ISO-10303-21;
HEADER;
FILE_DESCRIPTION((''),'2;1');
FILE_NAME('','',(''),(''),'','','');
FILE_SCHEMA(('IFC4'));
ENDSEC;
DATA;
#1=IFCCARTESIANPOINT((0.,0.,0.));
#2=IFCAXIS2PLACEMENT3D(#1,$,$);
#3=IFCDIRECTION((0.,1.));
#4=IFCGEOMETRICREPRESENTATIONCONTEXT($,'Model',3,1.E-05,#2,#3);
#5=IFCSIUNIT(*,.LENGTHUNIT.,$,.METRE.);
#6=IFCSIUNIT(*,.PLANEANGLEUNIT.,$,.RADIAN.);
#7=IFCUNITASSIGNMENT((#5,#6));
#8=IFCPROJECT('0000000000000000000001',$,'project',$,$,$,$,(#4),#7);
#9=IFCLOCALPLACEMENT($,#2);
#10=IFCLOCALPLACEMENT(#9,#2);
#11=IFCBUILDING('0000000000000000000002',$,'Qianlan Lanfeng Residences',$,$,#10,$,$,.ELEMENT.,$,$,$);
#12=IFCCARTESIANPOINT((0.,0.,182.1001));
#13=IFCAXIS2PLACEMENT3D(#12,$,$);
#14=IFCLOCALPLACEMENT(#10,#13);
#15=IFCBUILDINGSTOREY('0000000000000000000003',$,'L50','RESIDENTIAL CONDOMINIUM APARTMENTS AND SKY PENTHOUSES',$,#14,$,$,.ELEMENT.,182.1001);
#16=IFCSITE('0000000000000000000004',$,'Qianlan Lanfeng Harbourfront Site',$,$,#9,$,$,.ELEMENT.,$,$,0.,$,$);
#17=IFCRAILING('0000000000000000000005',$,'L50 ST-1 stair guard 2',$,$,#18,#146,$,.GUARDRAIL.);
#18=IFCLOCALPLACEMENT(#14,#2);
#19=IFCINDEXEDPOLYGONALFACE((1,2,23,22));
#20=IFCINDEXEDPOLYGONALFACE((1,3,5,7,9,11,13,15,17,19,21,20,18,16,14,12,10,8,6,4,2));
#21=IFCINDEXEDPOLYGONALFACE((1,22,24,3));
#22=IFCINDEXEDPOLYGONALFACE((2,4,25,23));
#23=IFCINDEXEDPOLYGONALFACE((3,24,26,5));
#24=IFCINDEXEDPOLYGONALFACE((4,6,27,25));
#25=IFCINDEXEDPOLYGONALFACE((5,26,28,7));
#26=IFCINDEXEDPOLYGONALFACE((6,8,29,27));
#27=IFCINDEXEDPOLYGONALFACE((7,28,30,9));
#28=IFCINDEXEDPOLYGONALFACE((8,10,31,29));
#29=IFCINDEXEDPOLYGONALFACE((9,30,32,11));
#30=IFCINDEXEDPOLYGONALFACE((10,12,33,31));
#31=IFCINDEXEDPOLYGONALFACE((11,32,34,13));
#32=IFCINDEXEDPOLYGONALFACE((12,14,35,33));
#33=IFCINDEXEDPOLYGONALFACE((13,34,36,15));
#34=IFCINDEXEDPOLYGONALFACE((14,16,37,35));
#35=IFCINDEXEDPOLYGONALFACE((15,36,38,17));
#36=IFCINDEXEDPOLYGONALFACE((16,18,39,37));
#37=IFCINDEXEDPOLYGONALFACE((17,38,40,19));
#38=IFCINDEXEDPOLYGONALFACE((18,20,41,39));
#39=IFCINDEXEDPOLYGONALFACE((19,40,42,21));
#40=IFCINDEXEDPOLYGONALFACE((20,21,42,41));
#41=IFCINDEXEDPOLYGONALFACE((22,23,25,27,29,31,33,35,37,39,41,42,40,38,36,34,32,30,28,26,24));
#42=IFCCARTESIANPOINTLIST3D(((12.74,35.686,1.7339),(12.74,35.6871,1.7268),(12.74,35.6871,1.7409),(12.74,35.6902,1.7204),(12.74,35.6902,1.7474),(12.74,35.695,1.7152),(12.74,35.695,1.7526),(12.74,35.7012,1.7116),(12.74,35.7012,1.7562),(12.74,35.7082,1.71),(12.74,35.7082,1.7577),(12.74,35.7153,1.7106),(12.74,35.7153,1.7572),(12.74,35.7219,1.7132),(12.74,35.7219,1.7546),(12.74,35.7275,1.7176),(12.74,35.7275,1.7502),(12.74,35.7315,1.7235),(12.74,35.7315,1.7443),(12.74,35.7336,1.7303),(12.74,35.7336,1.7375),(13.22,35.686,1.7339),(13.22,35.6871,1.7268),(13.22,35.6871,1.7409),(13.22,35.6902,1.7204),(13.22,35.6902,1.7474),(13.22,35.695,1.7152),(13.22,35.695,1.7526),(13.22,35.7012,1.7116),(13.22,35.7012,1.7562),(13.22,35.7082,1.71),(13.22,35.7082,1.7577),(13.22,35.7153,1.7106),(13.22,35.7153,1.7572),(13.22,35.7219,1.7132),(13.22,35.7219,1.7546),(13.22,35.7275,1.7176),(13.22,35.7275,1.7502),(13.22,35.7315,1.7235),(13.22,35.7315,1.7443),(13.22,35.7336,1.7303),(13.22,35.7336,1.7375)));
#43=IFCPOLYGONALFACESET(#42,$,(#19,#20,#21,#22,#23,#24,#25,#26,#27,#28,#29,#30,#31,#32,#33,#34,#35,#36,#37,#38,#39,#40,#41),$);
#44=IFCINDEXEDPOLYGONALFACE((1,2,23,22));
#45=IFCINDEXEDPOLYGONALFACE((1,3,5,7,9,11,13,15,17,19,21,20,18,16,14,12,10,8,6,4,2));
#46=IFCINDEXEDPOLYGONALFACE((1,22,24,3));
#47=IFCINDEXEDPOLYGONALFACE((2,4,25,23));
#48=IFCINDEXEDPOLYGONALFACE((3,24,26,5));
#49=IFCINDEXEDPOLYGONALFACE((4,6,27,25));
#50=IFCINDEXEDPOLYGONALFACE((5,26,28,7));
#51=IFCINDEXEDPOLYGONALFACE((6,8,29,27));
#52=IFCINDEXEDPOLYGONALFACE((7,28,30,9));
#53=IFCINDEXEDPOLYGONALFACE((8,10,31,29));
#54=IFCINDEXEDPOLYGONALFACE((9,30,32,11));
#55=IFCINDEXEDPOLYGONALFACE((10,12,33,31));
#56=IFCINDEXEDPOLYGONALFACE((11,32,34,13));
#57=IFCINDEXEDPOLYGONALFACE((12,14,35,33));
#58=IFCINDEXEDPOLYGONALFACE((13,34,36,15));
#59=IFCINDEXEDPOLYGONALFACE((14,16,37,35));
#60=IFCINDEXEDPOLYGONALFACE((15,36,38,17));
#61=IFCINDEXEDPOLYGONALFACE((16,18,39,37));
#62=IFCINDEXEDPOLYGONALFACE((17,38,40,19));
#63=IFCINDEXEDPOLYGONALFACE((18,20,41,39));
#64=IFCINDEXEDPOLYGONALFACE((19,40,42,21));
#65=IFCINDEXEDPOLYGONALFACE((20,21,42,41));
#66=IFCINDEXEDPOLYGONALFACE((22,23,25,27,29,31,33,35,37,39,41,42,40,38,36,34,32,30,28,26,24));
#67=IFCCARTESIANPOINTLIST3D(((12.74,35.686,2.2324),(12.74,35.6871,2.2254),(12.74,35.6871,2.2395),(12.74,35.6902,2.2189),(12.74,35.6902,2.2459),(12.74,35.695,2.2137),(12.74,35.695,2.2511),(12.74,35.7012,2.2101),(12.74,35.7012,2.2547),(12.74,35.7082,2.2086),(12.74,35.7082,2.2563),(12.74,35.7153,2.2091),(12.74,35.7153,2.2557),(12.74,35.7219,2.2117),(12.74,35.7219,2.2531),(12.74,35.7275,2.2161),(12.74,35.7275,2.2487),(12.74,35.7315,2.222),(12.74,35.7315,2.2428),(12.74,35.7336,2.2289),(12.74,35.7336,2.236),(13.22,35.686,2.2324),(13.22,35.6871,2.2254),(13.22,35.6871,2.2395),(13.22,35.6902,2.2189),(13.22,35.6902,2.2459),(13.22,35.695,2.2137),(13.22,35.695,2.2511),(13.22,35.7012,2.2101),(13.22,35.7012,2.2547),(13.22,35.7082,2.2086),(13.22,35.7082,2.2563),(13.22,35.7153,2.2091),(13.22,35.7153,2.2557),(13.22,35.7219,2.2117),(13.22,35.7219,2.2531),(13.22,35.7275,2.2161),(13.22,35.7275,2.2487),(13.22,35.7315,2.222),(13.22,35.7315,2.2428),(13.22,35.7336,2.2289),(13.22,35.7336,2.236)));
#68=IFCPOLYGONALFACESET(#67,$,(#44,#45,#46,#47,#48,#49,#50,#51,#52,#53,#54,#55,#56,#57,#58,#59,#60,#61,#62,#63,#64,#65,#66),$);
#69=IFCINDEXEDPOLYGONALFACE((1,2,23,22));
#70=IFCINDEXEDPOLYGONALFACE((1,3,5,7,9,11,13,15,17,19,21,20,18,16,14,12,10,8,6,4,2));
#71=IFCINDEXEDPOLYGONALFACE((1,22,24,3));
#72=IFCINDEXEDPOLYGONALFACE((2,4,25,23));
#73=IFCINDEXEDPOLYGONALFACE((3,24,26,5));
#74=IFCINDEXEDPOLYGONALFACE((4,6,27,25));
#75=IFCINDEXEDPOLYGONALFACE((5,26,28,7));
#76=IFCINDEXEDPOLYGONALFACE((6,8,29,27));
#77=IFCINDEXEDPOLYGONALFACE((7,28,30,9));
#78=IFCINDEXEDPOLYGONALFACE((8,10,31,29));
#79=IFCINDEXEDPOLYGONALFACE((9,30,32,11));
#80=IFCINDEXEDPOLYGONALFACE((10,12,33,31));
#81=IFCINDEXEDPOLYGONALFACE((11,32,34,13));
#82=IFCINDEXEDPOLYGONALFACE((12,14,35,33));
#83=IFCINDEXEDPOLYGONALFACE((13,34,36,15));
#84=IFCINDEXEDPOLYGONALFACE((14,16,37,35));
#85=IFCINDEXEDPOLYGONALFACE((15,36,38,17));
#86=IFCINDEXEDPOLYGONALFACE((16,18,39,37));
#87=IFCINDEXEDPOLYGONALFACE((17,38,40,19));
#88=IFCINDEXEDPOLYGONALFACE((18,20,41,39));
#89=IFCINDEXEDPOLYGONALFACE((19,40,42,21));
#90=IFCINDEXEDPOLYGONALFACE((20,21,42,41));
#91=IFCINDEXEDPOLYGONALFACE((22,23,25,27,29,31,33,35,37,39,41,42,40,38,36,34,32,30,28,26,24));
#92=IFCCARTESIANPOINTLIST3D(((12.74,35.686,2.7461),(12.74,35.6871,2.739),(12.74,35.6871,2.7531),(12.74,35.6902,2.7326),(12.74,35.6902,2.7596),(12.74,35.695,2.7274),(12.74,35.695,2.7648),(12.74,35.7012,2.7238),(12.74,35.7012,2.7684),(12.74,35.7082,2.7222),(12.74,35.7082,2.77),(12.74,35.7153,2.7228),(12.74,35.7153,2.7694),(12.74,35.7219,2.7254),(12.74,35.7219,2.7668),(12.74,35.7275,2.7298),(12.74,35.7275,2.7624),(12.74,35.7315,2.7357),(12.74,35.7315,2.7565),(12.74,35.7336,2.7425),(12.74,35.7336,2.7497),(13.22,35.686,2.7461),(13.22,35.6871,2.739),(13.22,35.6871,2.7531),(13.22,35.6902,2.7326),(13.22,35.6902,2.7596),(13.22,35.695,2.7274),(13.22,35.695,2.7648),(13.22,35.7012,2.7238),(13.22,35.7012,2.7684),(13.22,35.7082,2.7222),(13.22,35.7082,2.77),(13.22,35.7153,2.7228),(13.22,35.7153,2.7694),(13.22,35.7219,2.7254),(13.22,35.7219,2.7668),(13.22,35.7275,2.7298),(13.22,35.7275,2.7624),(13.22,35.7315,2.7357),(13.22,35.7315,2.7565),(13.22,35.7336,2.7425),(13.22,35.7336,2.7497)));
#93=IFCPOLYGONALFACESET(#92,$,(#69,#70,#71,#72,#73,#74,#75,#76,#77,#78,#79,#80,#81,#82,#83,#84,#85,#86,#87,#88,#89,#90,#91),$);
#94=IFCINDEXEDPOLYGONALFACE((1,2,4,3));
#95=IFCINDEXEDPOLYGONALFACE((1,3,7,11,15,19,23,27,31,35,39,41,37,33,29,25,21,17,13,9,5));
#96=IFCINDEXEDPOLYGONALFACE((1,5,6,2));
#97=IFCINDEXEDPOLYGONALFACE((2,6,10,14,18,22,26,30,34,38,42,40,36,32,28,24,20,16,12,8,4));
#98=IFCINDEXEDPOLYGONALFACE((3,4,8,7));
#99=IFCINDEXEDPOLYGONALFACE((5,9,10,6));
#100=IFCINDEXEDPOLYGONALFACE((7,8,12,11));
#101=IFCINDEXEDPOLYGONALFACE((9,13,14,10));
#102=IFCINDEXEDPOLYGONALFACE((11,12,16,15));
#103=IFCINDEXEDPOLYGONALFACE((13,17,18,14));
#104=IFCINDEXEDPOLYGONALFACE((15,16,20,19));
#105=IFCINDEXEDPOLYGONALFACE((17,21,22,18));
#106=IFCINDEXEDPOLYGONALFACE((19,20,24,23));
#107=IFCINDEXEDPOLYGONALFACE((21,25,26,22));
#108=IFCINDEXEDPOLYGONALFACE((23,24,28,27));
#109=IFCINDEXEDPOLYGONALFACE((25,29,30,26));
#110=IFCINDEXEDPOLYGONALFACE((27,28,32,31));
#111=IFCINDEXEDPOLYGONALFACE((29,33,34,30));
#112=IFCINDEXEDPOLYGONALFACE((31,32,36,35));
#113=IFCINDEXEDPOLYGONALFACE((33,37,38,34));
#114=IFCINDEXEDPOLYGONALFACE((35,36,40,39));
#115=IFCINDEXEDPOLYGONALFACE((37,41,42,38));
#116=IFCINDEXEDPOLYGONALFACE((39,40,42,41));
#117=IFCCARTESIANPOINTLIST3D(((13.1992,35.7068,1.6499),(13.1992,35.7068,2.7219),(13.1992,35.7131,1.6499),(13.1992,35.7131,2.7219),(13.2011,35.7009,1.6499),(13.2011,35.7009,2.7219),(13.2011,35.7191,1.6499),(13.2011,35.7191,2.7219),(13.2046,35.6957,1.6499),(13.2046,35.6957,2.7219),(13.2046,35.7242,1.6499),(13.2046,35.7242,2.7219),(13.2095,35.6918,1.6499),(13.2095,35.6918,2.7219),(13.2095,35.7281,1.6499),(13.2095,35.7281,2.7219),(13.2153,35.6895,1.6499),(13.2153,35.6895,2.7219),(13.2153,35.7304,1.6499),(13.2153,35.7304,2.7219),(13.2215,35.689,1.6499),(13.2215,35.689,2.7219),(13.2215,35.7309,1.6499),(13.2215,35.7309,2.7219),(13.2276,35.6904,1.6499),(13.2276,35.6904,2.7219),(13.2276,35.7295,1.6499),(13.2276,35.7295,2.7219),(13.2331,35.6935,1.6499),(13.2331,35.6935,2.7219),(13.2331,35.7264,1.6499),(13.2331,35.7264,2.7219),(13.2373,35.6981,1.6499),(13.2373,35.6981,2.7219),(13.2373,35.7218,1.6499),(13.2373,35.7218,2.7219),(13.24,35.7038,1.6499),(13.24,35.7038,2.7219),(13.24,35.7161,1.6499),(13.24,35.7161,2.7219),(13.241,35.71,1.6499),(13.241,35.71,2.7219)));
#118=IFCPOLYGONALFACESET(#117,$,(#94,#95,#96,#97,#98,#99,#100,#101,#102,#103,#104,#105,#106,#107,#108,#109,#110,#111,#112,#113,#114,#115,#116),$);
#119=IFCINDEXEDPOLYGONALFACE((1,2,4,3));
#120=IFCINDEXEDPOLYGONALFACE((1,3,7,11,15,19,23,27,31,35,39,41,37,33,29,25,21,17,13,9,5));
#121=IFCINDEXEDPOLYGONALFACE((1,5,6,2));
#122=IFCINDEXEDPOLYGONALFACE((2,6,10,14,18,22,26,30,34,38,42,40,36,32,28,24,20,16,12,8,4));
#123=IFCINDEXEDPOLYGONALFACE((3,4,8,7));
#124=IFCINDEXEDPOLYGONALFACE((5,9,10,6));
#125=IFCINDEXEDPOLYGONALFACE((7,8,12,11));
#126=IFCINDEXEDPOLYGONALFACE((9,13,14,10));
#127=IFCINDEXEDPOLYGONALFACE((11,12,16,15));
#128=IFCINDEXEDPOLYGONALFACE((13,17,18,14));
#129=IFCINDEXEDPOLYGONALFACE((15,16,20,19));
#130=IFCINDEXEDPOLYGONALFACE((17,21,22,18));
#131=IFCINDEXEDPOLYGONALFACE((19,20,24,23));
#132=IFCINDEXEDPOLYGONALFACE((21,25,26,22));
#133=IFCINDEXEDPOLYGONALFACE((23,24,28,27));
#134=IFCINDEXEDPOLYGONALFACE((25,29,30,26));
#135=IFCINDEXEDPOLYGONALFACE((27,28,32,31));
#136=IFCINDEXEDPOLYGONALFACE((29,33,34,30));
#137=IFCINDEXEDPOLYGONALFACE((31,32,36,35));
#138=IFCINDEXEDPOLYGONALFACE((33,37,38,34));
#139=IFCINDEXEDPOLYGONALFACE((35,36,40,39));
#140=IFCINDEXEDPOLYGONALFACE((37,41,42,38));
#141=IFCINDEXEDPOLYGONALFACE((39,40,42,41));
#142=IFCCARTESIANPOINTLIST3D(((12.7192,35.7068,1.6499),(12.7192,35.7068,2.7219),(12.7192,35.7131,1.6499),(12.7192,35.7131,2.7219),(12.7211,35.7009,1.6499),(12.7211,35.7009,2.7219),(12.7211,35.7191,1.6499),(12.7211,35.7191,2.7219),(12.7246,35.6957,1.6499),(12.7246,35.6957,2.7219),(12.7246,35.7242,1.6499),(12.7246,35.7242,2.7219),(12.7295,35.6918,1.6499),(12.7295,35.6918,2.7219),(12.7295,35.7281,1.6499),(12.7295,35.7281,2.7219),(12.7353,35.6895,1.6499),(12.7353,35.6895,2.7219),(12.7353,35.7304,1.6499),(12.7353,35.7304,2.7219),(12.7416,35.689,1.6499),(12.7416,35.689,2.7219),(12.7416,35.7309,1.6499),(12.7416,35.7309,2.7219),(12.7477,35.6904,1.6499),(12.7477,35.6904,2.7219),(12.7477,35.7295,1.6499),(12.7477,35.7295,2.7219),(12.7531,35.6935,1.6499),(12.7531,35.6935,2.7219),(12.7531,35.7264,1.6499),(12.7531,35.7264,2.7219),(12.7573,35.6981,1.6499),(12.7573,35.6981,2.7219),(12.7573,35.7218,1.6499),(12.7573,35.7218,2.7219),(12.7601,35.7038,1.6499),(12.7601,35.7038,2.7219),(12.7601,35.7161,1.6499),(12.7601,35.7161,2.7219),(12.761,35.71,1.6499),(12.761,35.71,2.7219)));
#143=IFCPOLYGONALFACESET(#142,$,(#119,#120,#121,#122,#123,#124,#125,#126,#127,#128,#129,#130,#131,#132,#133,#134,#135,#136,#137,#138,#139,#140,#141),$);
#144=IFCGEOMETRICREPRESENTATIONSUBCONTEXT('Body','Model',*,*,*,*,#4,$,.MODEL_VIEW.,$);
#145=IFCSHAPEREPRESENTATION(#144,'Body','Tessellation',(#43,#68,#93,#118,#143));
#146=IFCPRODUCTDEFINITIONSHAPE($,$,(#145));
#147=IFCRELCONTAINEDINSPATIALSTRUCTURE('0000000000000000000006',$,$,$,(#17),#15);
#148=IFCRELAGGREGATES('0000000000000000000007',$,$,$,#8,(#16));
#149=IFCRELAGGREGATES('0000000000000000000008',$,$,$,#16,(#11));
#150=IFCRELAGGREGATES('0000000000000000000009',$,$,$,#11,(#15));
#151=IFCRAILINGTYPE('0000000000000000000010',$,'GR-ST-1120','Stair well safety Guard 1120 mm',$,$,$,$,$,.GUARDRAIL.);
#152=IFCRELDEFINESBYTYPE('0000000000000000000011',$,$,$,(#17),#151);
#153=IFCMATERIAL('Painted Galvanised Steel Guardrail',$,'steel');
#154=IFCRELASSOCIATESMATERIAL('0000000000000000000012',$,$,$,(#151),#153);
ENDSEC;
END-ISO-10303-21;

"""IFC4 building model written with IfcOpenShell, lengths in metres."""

from ifc_helpers import new_model, si_unit, direction, frame, origin, origin_2d, place, context, subcontext, project, spatial, circle, extrude, material, type_object, element, save


model = new_model("IFC4")

# Units and contexts
model_context = context("Model", 3, precision=1e-05, world=origin(), true_north=direction((0.0, 1.0)))
body_context = subcontext(model_context, "Body", "Model", "MODEL_VIEW")
ifc_project = project(units=[si_unit("LENGTHUNIT", "METRE"), si_unit("PLANEANGLEUNIT", "RADIAN")], contexts=[model_context])

# Site, building, storey
site_placement = place(None, origin())
site = spatial("IfcSite", under=ifc_project, at=site_placement, Name="Qianlan Lanfeng Harbourfront Site", CompositionType="ELEMENT", RefElevation=0.0)
building_placement = place(site_placement, origin())
building = spatial("IfcBuilding", under=site, at=building_placement, Name="Qianlan Lanfeng Residences", CompositionType="ELEMENT")
storey_placement = place(building_placement, frame((0.0, 0.0, 182.1001)))
storey = spatial("IfcBuildingStorey", under=building, at=storey_placement, Name="L50", Description="RESIDENTIAL CONDOMINIUM APARTMENTS AND SKY PENTHOUSES", CompositionType="ELEMENT", Elevation=182.1001)

# Railing
ifc_material_1 = material(Name="Painted Galvanised Steel Guardrail", Category="steel")
railing_type_1 = type_object("IfcRailingType", Name="GR-ST-1120", Description="Stair well safety Guard 1120 mm", PredefinedType="GUARDRAIL", material=ifc_material_1)
railing_1_placement = place(storey_placement, frame((13.22, 35.71, 1.6499)))
element("IfcRailing", 1, at=railing_1_placement, inside=storey, type_object=railing_type_1, Name="L50 ST-1 stair guard 2", PredefinedType="GUARDRAIL", context=body_context, shape_type="SweptSolid", body=[
    extrude(circle(Radius=0.0239, at=origin_2d()), frame((0.0, 0.0, 0.084), z_axis=(-1.0, 0.0, 0.0), x_axis=(0.0, -1.0, 0.0)), (0.0, 0.0, 1.0), 0.48),
    extrude(circle(Radius=0.0239, at=origin_2d()), frame((0.0, 0.0, 0.5825), z_axis=(-1.0, 0.0, 0.0), x_axis=(0.0, -1.0, 0.0)), (0.0, 0.0, 1.0), 0.48),
    extrude(circle(Radius=0.0239, at=origin_2d()), frame((0.0, 0.0, 1.0962), z_axis=(-1.0, 0.0, 0.0), x_axis=(0.0, -1.0, 0.0)), (0.0, 0.0, 1.0), 0.48),
    extrude(circle(Radius=0.021, at=origin_2d()), origin(), (0.0, 0.0, 1.0), 1.072),
    extrude(circle(Radius=0.021, at=origin_2d()), frame((-0.48, 0.0, 0.0)), (0.0, 0.0, 1.0), 1.072),
])

save(model, "model.ifc")
